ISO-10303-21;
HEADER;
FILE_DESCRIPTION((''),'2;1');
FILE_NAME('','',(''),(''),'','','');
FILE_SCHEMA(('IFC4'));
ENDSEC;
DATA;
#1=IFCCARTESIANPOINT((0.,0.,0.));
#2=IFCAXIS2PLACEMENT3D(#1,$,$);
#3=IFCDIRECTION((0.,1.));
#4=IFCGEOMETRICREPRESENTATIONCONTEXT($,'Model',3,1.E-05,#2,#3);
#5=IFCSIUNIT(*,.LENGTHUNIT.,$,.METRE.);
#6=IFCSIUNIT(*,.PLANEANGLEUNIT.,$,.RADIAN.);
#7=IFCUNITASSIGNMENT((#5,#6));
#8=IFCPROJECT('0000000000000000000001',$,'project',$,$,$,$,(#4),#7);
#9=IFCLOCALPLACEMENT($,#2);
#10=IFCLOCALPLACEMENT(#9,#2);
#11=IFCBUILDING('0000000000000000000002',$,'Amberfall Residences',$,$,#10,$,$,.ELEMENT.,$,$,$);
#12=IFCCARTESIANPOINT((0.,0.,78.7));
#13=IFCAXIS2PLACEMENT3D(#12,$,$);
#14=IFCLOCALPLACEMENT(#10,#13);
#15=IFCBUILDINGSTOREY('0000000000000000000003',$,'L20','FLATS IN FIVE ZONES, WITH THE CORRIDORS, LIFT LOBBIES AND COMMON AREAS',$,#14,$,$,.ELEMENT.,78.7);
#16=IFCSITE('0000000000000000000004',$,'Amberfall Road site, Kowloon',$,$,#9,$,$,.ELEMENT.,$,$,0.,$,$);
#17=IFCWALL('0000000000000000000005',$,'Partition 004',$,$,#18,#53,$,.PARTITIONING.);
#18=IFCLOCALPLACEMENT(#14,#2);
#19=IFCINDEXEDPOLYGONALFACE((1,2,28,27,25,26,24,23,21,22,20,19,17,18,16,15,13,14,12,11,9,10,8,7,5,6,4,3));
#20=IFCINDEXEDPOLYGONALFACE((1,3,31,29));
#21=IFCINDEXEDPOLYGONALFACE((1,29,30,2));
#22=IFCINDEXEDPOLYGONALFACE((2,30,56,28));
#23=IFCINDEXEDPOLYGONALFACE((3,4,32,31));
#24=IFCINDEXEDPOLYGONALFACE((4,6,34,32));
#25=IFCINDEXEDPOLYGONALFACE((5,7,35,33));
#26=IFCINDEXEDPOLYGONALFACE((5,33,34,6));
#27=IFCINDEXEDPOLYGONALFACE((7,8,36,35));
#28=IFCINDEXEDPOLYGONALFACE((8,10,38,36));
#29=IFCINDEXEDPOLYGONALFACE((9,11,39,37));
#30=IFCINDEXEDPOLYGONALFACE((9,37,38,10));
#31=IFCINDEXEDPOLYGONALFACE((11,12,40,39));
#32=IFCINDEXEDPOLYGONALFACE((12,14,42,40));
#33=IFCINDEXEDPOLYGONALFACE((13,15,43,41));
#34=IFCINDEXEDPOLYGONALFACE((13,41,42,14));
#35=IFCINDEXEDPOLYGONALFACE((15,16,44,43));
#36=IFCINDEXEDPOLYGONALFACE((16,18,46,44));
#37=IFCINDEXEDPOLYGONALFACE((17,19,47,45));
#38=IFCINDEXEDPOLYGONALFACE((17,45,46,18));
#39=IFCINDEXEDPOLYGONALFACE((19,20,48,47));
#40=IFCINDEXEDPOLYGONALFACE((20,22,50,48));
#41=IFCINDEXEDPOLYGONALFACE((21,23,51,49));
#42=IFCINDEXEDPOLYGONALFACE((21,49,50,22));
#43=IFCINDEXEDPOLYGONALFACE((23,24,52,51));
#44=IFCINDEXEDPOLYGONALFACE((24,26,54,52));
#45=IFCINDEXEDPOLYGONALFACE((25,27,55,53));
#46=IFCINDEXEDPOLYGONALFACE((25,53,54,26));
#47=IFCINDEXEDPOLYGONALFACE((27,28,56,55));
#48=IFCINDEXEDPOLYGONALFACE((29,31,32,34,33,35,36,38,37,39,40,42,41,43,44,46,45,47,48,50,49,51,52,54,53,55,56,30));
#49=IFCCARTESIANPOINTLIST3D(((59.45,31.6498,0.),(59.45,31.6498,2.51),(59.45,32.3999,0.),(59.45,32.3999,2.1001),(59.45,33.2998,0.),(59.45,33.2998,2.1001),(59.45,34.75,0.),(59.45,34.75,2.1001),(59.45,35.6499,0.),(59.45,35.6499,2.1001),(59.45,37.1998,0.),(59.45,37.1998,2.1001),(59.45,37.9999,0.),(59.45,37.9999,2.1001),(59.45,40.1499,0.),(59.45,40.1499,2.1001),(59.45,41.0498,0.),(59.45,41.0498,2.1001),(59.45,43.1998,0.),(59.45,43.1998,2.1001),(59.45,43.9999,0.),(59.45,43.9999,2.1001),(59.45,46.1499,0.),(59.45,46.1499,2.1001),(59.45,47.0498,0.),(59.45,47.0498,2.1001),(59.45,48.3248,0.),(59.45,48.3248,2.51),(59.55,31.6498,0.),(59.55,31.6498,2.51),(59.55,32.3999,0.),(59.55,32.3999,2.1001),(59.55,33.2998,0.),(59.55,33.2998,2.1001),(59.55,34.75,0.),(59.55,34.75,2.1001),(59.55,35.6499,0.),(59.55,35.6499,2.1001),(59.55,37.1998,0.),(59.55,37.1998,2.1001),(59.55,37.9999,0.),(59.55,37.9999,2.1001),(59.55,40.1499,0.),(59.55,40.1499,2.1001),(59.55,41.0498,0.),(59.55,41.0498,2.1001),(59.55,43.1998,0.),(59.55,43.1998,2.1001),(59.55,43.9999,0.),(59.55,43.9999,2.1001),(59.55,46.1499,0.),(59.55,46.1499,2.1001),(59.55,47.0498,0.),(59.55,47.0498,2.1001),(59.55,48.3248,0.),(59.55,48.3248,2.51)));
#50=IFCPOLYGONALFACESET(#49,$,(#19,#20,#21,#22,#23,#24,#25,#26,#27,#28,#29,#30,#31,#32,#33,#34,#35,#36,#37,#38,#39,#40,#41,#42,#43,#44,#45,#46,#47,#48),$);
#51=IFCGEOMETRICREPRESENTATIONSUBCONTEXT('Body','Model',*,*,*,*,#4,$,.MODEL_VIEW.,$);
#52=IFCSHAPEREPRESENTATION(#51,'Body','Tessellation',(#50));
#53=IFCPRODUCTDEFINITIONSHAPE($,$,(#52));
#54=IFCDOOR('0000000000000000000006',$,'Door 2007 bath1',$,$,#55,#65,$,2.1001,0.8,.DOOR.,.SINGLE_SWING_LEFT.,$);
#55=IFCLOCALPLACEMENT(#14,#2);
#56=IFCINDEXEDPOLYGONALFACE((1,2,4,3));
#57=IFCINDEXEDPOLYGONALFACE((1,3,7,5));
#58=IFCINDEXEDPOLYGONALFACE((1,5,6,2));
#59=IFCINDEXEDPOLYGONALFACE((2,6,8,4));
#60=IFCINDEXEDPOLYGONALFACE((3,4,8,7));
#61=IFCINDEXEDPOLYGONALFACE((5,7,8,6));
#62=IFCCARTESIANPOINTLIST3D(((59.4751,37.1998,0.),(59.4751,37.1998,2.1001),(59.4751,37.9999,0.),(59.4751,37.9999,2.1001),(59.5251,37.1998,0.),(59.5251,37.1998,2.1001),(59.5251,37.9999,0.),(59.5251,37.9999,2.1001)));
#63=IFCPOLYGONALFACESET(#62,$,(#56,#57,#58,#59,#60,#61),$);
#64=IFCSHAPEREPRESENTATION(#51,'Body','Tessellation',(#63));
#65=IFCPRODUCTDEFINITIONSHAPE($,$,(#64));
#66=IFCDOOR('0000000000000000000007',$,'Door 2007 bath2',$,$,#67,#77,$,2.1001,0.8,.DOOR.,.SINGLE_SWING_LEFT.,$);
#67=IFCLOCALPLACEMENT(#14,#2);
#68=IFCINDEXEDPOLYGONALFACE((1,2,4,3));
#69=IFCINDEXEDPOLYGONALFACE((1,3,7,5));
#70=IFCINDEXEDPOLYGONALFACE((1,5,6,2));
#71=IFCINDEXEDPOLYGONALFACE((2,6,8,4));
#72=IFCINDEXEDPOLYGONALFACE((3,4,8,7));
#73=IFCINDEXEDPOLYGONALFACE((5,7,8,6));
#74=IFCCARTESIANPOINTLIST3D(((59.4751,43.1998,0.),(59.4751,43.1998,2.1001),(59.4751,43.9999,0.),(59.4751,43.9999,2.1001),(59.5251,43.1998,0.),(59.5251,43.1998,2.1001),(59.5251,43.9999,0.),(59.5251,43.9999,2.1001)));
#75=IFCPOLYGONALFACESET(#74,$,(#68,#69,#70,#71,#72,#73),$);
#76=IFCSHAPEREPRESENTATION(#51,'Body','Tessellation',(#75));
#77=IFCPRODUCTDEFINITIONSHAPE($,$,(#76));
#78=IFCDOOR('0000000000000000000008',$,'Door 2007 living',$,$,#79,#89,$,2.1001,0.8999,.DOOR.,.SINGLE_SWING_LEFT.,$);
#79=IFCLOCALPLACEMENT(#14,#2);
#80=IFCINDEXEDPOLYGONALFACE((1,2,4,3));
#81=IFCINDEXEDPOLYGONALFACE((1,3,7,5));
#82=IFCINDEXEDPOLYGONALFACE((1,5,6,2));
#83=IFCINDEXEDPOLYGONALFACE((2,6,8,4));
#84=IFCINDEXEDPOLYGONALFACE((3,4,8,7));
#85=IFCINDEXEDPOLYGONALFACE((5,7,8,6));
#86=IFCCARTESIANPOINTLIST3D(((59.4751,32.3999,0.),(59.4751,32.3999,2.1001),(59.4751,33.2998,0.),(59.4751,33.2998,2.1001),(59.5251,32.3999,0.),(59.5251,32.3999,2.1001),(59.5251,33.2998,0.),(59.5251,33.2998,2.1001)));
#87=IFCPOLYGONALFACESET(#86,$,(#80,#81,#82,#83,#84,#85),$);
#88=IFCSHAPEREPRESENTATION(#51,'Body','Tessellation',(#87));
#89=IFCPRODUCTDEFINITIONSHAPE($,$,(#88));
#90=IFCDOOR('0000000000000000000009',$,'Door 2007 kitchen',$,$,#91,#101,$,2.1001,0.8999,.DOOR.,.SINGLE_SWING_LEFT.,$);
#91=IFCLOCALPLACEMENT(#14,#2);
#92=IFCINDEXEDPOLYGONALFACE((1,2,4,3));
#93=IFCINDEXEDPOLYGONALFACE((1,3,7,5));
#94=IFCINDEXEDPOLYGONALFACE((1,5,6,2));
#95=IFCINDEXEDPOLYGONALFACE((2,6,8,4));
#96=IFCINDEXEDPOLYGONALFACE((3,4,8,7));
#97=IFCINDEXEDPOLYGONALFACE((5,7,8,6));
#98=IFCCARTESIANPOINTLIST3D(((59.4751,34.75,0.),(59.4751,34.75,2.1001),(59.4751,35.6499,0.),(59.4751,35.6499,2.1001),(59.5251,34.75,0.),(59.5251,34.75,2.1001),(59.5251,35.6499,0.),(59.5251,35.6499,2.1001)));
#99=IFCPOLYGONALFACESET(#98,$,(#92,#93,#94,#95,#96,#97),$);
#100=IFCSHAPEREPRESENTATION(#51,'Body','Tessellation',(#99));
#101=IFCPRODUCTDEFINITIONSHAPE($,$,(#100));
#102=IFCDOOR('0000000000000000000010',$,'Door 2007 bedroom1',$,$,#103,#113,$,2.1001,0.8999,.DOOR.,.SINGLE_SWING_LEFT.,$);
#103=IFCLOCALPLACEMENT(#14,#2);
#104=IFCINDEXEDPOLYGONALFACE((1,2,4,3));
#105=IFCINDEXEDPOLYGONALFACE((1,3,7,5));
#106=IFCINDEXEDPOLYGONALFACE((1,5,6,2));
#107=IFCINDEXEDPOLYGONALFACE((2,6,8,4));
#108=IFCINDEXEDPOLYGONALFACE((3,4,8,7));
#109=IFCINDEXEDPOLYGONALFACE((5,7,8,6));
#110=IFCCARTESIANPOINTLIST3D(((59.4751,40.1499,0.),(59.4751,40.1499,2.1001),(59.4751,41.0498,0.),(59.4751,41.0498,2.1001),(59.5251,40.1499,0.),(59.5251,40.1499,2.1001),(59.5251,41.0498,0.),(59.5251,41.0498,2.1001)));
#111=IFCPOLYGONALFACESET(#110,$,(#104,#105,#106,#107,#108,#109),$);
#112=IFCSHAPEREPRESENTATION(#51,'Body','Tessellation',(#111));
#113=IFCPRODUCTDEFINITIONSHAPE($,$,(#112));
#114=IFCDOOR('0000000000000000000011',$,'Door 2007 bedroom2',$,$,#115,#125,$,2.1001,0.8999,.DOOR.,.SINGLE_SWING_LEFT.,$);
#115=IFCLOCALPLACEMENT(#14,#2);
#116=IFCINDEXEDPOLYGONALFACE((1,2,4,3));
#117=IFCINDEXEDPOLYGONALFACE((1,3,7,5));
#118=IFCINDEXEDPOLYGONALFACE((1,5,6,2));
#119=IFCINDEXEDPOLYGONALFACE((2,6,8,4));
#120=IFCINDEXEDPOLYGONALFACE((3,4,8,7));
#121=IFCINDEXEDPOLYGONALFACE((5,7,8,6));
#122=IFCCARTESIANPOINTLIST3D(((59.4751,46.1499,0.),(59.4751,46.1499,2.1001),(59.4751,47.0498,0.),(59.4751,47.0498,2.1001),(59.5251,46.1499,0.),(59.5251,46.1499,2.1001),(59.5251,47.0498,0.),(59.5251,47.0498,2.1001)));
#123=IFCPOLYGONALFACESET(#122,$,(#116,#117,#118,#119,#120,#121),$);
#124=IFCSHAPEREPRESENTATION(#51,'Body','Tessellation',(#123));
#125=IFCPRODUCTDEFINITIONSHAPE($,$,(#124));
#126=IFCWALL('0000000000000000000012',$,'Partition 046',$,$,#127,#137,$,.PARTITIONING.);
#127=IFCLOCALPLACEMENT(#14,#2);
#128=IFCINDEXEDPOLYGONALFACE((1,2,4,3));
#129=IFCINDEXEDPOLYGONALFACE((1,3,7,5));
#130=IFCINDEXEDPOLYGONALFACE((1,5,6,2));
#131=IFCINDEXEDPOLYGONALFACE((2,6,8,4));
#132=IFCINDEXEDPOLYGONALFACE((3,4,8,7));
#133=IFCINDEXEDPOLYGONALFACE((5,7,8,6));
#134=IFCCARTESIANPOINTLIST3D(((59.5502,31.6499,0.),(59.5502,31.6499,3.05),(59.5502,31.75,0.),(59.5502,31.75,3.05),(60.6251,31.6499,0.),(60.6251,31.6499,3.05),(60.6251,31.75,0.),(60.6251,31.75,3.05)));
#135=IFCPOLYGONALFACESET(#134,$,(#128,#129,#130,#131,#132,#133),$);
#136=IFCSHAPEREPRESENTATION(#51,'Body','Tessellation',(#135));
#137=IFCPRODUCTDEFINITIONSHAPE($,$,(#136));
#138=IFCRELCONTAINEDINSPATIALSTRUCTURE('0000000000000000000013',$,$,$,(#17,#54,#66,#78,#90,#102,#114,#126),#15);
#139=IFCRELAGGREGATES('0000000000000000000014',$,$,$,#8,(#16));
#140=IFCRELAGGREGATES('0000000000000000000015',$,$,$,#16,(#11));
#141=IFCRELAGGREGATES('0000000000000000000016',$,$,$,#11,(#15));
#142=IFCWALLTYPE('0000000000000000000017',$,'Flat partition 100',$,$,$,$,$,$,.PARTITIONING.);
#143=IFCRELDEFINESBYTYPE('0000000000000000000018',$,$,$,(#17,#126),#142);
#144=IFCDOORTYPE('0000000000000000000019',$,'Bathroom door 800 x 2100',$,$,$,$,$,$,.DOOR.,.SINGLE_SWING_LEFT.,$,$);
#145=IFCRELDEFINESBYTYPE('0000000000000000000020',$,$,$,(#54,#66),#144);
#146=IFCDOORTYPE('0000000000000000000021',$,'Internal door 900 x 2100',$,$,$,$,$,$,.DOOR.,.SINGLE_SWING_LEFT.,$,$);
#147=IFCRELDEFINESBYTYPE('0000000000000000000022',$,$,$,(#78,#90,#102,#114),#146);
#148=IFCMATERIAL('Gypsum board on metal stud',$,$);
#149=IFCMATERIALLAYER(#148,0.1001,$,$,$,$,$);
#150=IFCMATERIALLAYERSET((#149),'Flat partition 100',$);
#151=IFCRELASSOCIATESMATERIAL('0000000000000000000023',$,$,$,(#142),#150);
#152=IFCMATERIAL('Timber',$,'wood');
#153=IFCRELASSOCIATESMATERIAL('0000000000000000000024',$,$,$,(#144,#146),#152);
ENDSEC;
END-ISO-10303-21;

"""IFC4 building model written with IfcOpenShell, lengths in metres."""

from ifc_helpers import new_model, si_unit, direction, frame, frame_2d, origin, place, context, subcontext, project, spatial, rectangle, extrude, material, layer, layer_set, type_object, element, fill, save


model = new_model("IFC4")

# Units and contexts
model_context = context("Model", 3, precision=1e-05, world=origin(), true_north=direction((0.0, 1.0)))
body_context = subcontext(model_context, "Body", "Model", "MODEL_VIEW")
ifc_project = project(units=[si_unit("LENGTHUNIT", "METRE"), si_unit("PLANEANGLEUNIT", "RADIAN")], contexts=[model_context])

# Site, building, storey
site_placement = place(None, origin())
site = spatial("IfcSite", under=ifc_project, at=site_placement, Name="Amberfall Road site, Kowloon", CompositionType="ELEMENT", RefElevation=0.0)
building_placement = place(site_placement, origin())
building = spatial("IfcBuilding", under=site, at=building_placement, Name="Amberfall Residences", CompositionType="ELEMENT")
storey_placement = place(building_placement, frame((0.0, 0.0, 78.7)))
storey = spatial("IfcBuildingStorey", under=building, at=storey_placement, Name="L20", Description="FLATS IN FIVE ZONES, WITH THE CORRIDORS, LIFT LOBBIES AND COMMON AREAS", CompositionType="ELEMENT", Elevation=78.7)

# Wall, openings, doors
ifc_material_1 = material(Name="Gypsum board on metal stud")
ifc_layer_1 = layer(ifc_material_1, 0.1001)
ifc_layer_set_1 = layer_set([ifc_layer_1], Name="Flat partition 100")
wall_type_1 = type_object("IfcWallType", Name="Flat partition 100", PredefinedType="PARTITIONING", material=ifc_layer_set_1)
wall_1_placement = place(storey_placement, frame((59.5, 31.6499, 0.0), z_axis=(0.0, 0.0, 1.0), x_axis=(0.0, 1.0, 0.0)))
wall_1 = element("IfcWall", 1, at=wall_1_placement, inside=storey, type_object=wall_type_1, Name="Partition 004", PredefinedType="PARTITIONING", context=body_context, shape_type="SweptSolid", body=[
    extrude(rectangle(XDim=16.675, YDim=0.1001, at=frame_2d((8.3374, 0.0))), origin(), (0.0, 0.0, 1.0), 2.51),
])
opening_1_placement = place(wall_1_placement, frame((0.75, 0.0, 0.0)))
opening_1 = element("IfcOpeningElement", 2, at=opening_1_placement, cuts=wall_1, PredefinedType="OPENING", context=body_context, shape_type="SweptSolid", body=[
    extrude(rectangle(XDim=0.8999, YDim=2.1001, at=frame_2d((0.45, 1.05))), frame((0.0, 0.0601, 0.0), z_axis=(0.0, -1.0, 0.0), x_axis=(1.0, 0.0, 0.0)), (0.0, 0.0, 1.0), 0.1201),
])
opening_2_placement = place(wall_1_placement, frame((3.1001, 0.0, 0.0)))
opening_2 = element("IfcOpeningElement", 3, at=opening_2_placement, cuts=wall_1, PredefinedType="OPENING", context=body_context, shape_type="SweptSolid", body=[
    extrude(rectangle(XDim=0.8999, YDim=2.1001, at=frame_2d((0.45, 1.05))), frame((0.0, 0.0601, 0.0), z_axis=(0.0, -1.0, 0.0), x_axis=(1.0, 0.0, 0.0)), (0.0, 0.0, 1.0), 0.1201),
])
opening_3_placement = place(wall_1_placement, frame((8.5, 0.0, 0.0)))
opening_3 = element("IfcOpeningElement", 4, at=opening_3_placement, cuts=wall_1, PredefinedType="OPENING", context=body_context, shape_type="SweptSolid", body=[
    extrude(rectangle(XDim=0.8999, YDim=2.1001, at=frame_2d((0.45, 1.05))), frame((0.0, 0.0601, 0.0), z_axis=(0.0, -1.0, 0.0), x_axis=(1.0, 0.0, 0.0)), (0.0, 0.0, 1.0), 0.1201),
])
opening_4_placement = place(wall_1_placement, frame((14.5, 0.0, 0.0)))
opening_4 = element("IfcOpeningElement", 5, at=opening_4_placement, cuts=wall_1, PredefinedType="OPENING", context=body_context, shape_type="SweptSolid", body=[
    extrude(rectangle(XDim=0.8999, YDim=2.1001, at=frame_2d((0.45, 1.05))), frame((0.0, 0.0601, 0.0), z_axis=(0.0, -1.0, 0.0), x_axis=(1.0, 0.0, 0.0)), (0.0, 0.0, 1.0), 0.1201),
])
opening_5_placement = place(wall_1_placement, frame((5.55, 0.0, 0.0)))
opening_5 = element("IfcOpeningElement", 6, at=opening_5_placement, cuts=wall_1, PredefinedType="OPENING", context=body_context, shape_type="SweptSolid", body=[
    extrude(rectangle(XDim=0.8, YDim=2.1001, at=frame_2d((0.3999, 1.05))), frame((0.0, 0.0601, 0.0), z_axis=(0.0, -1.0, 0.0), x_axis=(1.0, 0.0, 0.0)), (0.0, 0.0, 1.0), 0.1201),
])
opening_6_placement = place(wall_1_placement, frame((11.55, 0.0, 0.0)))
opening_6 = element("IfcOpeningElement", 7, at=opening_6_placement, cuts=wall_1, PredefinedType="OPENING", context=body_context, shape_type="SweptSolid", body=[
    extrude(rectangle(XDim=0.8, YDim=2.1001, at=frame_2d((0.3999, 1.05))), frame((0.0, 0.0601, 0.0), z_axis=(0.0, -1.0, 0.0), x_axis=(1.0, 0.0, 0.0)), (0.0, 0.0, 1.0), 0.1201),
])
ifc_material_2 = material(Name="Timber", Category="wood")
door_type_1 = type_object("IfcDoorType", Name="Bathroom door 800 x 2100", OperationType="SINGLE_SWING_LEFT", PredefinedType="DOOR", material=ifc_material_2)
door_1_placement = place(opening_5_placement, origin())
door_1 = element("IfcDoor", 8, at=door_1_placement, inside=storey, type_object=door_type_1, Name="Door 2007 bath1", OperationType="SINGLE_SWING_LEFT", OverallHeight=2.1001, OverallWidth=0.8, PredefinedType="DOOR", context=body_context, shape_type="SweptSolid", body=[
    extrude(rectangle(XDim=0.8, YDim=2.1001, at=frame_2d((0.3999, 1.05))), frame((0.0, 0.0249, 0.0), z_axis=(0.0, -1.0, 0.0), x_axis=(1.0, 0.0, 0.0)), (0.0, 0.0, 1.0), 0.05),
])
fill(opening_5, door_1)
door_2_placement = place(opening_6_placement, origin())
door_2 = element("IfcDoor", 9, at=door_2_placement, inside=storey, type_object=door_type_1, Name="Door 2007 bath2", OperationType="SINGLE_SWING_LEFT", OverallHeight=2.1001, OverallWidth=0.8, PredefinedType="DOOR", context=body_context, shape_type="SweptSolid", body=[
    extrude(rectangle(XDim=0.8, YDim=2.1001, at=frame_2d((0.3999, 1.05))), frame((0.0, 0.0249, 0.0), z_axis=(0.0, -1.0, 0.0), x_axis=(1.0, 0.0, 0.0)), (0.0, 0.0, 1.0), 0.05),
])
fill(opening_6, door_2)
door_type_2 = type_object("IfcDoorType", Name="Internal door 900 x 2100", OperationType="SINGLE_SWING_LEFT", PredefinedType="DOOR", material=ifc_material_2)
door_3_placement = place(opening_1_placement, origin())
door_3 = element("IfcDoor", 10, at=door_3_placement, inside=storey, type_object=door_type_2, Name="Door 2007 living", OperationType="SINGLE_SWING_LEFT", OverallHeight=2.1001, OverallWidth=0.8999, PredefinedType="DOOR", context=body_context, shape_type="SweptSolid", body=[
    extrude(rectangle(XDim=0.8999, YDim=2.1001, at=frame_2d((0.45, 1.05))), frame((0.0, 0.0249, 0.0), z_axis=(0.0, -1.0, 0.0), x_axis=(1.0, 0.0, 0.0)), (0.0, 0.0, 1.0), 0.05),
])
fill(opening_1, door_3)
door_4_placement = place(opening_2_placement, origin())
door_4 = element("IfcDoor", 11, at=door_4_placement, inside=storey, type_object=door_type_2, Name="Door 2007 kitchen", OperationType="SINGLE_SWING_LEFT", OverallHeight=2.1001, OverallWidth=0.8999, PredefinedType="DOOR", context=body_context, shape_type="SweptSolid", body=[
    extrude(rectangle(XDim=0.8999, YDim=2.1001, at=frame_2d((0.45, 1.05))), frame((0.0, 0.0249, 0.0), z_axis=(0.0, -1.0, 0.0), x_axis=(1.0, 0.0, 0.0)), (0.0, 0.0, 1.0), 0.05),
])
fill(opening_2, door_4)
door_5_placement = place(opening_3_placement, origin())
door_5 = element("IfcDoor", 12, at=door_5_placement, inside=storey, type_object=door_type_2, Name="Door 2007 bedroom1", OperationType="SINGLE_SWING_LEFT", OverallHeight=2.1001, OverallWidth=0.8999, PredefinedType="DOOR", context=body_context, shape_type="SweptSolid", body=[
    extrude(rectangle(XDim=0.8999, YDim=2.1001, at=frame_2d((0.45, 1.05))), frame((0.0, 0.0249, 0.0), z_axis=(0.0, -1.0, 0.0), x_axis=(1.0, 0.0, 0.0)), (0.0, 0.0, 1.0), 0.05),
])
fill(opening_3, door_5)
door_6_placement = place(opening_4_placement, origin())
door_6 = element("IfcDoor", 13, at=door_6_placement, inside=storey, type_object=door_type_2, Name="Door 2007 bedroom2", OperationType="SINGLE_SWING_LEFT", OverallHeight=2.1001, OverallWidth=0.8999, PredefinedType="DOOR", context=body_context, shape_type="SweptSolid", body=[
    extrude(rectangle(XDim=0.8999, YDim=2.1001, at=frame_2d((0.45, 1.05))), frame((0.0, 0.0249, 0.0), z_axis=(0.0, -1.0, 0.0), x_axis=(1.0, 0.0, 0.0)), (0.0, 0.0, 1.0), 0.05),
])
fill(opening_4, door_6)

# Wall
wall_2_placement = place(storey_placement, frame((59.55, 31.7, 0.0), z_axis=(0.0, 0.0, 1.0), x_axis=(1.0, 0.0, 0.0)))
element("IfcWall", 14, at=wall_2_placement, inside=storey, type_object=wall_type_1, Name="Partition 046", PredefinedType="PARTITIONING", context=body_context, shape_type="SweptSolid", body=[
    extrude(rectangle(XDim=1.075, YDim=0.1001, at=frame_2d((0.5376, 0.0))), origin(), (0.0, 0.0, 1.0), 3.05),
])

save(model, "model.ifc")
